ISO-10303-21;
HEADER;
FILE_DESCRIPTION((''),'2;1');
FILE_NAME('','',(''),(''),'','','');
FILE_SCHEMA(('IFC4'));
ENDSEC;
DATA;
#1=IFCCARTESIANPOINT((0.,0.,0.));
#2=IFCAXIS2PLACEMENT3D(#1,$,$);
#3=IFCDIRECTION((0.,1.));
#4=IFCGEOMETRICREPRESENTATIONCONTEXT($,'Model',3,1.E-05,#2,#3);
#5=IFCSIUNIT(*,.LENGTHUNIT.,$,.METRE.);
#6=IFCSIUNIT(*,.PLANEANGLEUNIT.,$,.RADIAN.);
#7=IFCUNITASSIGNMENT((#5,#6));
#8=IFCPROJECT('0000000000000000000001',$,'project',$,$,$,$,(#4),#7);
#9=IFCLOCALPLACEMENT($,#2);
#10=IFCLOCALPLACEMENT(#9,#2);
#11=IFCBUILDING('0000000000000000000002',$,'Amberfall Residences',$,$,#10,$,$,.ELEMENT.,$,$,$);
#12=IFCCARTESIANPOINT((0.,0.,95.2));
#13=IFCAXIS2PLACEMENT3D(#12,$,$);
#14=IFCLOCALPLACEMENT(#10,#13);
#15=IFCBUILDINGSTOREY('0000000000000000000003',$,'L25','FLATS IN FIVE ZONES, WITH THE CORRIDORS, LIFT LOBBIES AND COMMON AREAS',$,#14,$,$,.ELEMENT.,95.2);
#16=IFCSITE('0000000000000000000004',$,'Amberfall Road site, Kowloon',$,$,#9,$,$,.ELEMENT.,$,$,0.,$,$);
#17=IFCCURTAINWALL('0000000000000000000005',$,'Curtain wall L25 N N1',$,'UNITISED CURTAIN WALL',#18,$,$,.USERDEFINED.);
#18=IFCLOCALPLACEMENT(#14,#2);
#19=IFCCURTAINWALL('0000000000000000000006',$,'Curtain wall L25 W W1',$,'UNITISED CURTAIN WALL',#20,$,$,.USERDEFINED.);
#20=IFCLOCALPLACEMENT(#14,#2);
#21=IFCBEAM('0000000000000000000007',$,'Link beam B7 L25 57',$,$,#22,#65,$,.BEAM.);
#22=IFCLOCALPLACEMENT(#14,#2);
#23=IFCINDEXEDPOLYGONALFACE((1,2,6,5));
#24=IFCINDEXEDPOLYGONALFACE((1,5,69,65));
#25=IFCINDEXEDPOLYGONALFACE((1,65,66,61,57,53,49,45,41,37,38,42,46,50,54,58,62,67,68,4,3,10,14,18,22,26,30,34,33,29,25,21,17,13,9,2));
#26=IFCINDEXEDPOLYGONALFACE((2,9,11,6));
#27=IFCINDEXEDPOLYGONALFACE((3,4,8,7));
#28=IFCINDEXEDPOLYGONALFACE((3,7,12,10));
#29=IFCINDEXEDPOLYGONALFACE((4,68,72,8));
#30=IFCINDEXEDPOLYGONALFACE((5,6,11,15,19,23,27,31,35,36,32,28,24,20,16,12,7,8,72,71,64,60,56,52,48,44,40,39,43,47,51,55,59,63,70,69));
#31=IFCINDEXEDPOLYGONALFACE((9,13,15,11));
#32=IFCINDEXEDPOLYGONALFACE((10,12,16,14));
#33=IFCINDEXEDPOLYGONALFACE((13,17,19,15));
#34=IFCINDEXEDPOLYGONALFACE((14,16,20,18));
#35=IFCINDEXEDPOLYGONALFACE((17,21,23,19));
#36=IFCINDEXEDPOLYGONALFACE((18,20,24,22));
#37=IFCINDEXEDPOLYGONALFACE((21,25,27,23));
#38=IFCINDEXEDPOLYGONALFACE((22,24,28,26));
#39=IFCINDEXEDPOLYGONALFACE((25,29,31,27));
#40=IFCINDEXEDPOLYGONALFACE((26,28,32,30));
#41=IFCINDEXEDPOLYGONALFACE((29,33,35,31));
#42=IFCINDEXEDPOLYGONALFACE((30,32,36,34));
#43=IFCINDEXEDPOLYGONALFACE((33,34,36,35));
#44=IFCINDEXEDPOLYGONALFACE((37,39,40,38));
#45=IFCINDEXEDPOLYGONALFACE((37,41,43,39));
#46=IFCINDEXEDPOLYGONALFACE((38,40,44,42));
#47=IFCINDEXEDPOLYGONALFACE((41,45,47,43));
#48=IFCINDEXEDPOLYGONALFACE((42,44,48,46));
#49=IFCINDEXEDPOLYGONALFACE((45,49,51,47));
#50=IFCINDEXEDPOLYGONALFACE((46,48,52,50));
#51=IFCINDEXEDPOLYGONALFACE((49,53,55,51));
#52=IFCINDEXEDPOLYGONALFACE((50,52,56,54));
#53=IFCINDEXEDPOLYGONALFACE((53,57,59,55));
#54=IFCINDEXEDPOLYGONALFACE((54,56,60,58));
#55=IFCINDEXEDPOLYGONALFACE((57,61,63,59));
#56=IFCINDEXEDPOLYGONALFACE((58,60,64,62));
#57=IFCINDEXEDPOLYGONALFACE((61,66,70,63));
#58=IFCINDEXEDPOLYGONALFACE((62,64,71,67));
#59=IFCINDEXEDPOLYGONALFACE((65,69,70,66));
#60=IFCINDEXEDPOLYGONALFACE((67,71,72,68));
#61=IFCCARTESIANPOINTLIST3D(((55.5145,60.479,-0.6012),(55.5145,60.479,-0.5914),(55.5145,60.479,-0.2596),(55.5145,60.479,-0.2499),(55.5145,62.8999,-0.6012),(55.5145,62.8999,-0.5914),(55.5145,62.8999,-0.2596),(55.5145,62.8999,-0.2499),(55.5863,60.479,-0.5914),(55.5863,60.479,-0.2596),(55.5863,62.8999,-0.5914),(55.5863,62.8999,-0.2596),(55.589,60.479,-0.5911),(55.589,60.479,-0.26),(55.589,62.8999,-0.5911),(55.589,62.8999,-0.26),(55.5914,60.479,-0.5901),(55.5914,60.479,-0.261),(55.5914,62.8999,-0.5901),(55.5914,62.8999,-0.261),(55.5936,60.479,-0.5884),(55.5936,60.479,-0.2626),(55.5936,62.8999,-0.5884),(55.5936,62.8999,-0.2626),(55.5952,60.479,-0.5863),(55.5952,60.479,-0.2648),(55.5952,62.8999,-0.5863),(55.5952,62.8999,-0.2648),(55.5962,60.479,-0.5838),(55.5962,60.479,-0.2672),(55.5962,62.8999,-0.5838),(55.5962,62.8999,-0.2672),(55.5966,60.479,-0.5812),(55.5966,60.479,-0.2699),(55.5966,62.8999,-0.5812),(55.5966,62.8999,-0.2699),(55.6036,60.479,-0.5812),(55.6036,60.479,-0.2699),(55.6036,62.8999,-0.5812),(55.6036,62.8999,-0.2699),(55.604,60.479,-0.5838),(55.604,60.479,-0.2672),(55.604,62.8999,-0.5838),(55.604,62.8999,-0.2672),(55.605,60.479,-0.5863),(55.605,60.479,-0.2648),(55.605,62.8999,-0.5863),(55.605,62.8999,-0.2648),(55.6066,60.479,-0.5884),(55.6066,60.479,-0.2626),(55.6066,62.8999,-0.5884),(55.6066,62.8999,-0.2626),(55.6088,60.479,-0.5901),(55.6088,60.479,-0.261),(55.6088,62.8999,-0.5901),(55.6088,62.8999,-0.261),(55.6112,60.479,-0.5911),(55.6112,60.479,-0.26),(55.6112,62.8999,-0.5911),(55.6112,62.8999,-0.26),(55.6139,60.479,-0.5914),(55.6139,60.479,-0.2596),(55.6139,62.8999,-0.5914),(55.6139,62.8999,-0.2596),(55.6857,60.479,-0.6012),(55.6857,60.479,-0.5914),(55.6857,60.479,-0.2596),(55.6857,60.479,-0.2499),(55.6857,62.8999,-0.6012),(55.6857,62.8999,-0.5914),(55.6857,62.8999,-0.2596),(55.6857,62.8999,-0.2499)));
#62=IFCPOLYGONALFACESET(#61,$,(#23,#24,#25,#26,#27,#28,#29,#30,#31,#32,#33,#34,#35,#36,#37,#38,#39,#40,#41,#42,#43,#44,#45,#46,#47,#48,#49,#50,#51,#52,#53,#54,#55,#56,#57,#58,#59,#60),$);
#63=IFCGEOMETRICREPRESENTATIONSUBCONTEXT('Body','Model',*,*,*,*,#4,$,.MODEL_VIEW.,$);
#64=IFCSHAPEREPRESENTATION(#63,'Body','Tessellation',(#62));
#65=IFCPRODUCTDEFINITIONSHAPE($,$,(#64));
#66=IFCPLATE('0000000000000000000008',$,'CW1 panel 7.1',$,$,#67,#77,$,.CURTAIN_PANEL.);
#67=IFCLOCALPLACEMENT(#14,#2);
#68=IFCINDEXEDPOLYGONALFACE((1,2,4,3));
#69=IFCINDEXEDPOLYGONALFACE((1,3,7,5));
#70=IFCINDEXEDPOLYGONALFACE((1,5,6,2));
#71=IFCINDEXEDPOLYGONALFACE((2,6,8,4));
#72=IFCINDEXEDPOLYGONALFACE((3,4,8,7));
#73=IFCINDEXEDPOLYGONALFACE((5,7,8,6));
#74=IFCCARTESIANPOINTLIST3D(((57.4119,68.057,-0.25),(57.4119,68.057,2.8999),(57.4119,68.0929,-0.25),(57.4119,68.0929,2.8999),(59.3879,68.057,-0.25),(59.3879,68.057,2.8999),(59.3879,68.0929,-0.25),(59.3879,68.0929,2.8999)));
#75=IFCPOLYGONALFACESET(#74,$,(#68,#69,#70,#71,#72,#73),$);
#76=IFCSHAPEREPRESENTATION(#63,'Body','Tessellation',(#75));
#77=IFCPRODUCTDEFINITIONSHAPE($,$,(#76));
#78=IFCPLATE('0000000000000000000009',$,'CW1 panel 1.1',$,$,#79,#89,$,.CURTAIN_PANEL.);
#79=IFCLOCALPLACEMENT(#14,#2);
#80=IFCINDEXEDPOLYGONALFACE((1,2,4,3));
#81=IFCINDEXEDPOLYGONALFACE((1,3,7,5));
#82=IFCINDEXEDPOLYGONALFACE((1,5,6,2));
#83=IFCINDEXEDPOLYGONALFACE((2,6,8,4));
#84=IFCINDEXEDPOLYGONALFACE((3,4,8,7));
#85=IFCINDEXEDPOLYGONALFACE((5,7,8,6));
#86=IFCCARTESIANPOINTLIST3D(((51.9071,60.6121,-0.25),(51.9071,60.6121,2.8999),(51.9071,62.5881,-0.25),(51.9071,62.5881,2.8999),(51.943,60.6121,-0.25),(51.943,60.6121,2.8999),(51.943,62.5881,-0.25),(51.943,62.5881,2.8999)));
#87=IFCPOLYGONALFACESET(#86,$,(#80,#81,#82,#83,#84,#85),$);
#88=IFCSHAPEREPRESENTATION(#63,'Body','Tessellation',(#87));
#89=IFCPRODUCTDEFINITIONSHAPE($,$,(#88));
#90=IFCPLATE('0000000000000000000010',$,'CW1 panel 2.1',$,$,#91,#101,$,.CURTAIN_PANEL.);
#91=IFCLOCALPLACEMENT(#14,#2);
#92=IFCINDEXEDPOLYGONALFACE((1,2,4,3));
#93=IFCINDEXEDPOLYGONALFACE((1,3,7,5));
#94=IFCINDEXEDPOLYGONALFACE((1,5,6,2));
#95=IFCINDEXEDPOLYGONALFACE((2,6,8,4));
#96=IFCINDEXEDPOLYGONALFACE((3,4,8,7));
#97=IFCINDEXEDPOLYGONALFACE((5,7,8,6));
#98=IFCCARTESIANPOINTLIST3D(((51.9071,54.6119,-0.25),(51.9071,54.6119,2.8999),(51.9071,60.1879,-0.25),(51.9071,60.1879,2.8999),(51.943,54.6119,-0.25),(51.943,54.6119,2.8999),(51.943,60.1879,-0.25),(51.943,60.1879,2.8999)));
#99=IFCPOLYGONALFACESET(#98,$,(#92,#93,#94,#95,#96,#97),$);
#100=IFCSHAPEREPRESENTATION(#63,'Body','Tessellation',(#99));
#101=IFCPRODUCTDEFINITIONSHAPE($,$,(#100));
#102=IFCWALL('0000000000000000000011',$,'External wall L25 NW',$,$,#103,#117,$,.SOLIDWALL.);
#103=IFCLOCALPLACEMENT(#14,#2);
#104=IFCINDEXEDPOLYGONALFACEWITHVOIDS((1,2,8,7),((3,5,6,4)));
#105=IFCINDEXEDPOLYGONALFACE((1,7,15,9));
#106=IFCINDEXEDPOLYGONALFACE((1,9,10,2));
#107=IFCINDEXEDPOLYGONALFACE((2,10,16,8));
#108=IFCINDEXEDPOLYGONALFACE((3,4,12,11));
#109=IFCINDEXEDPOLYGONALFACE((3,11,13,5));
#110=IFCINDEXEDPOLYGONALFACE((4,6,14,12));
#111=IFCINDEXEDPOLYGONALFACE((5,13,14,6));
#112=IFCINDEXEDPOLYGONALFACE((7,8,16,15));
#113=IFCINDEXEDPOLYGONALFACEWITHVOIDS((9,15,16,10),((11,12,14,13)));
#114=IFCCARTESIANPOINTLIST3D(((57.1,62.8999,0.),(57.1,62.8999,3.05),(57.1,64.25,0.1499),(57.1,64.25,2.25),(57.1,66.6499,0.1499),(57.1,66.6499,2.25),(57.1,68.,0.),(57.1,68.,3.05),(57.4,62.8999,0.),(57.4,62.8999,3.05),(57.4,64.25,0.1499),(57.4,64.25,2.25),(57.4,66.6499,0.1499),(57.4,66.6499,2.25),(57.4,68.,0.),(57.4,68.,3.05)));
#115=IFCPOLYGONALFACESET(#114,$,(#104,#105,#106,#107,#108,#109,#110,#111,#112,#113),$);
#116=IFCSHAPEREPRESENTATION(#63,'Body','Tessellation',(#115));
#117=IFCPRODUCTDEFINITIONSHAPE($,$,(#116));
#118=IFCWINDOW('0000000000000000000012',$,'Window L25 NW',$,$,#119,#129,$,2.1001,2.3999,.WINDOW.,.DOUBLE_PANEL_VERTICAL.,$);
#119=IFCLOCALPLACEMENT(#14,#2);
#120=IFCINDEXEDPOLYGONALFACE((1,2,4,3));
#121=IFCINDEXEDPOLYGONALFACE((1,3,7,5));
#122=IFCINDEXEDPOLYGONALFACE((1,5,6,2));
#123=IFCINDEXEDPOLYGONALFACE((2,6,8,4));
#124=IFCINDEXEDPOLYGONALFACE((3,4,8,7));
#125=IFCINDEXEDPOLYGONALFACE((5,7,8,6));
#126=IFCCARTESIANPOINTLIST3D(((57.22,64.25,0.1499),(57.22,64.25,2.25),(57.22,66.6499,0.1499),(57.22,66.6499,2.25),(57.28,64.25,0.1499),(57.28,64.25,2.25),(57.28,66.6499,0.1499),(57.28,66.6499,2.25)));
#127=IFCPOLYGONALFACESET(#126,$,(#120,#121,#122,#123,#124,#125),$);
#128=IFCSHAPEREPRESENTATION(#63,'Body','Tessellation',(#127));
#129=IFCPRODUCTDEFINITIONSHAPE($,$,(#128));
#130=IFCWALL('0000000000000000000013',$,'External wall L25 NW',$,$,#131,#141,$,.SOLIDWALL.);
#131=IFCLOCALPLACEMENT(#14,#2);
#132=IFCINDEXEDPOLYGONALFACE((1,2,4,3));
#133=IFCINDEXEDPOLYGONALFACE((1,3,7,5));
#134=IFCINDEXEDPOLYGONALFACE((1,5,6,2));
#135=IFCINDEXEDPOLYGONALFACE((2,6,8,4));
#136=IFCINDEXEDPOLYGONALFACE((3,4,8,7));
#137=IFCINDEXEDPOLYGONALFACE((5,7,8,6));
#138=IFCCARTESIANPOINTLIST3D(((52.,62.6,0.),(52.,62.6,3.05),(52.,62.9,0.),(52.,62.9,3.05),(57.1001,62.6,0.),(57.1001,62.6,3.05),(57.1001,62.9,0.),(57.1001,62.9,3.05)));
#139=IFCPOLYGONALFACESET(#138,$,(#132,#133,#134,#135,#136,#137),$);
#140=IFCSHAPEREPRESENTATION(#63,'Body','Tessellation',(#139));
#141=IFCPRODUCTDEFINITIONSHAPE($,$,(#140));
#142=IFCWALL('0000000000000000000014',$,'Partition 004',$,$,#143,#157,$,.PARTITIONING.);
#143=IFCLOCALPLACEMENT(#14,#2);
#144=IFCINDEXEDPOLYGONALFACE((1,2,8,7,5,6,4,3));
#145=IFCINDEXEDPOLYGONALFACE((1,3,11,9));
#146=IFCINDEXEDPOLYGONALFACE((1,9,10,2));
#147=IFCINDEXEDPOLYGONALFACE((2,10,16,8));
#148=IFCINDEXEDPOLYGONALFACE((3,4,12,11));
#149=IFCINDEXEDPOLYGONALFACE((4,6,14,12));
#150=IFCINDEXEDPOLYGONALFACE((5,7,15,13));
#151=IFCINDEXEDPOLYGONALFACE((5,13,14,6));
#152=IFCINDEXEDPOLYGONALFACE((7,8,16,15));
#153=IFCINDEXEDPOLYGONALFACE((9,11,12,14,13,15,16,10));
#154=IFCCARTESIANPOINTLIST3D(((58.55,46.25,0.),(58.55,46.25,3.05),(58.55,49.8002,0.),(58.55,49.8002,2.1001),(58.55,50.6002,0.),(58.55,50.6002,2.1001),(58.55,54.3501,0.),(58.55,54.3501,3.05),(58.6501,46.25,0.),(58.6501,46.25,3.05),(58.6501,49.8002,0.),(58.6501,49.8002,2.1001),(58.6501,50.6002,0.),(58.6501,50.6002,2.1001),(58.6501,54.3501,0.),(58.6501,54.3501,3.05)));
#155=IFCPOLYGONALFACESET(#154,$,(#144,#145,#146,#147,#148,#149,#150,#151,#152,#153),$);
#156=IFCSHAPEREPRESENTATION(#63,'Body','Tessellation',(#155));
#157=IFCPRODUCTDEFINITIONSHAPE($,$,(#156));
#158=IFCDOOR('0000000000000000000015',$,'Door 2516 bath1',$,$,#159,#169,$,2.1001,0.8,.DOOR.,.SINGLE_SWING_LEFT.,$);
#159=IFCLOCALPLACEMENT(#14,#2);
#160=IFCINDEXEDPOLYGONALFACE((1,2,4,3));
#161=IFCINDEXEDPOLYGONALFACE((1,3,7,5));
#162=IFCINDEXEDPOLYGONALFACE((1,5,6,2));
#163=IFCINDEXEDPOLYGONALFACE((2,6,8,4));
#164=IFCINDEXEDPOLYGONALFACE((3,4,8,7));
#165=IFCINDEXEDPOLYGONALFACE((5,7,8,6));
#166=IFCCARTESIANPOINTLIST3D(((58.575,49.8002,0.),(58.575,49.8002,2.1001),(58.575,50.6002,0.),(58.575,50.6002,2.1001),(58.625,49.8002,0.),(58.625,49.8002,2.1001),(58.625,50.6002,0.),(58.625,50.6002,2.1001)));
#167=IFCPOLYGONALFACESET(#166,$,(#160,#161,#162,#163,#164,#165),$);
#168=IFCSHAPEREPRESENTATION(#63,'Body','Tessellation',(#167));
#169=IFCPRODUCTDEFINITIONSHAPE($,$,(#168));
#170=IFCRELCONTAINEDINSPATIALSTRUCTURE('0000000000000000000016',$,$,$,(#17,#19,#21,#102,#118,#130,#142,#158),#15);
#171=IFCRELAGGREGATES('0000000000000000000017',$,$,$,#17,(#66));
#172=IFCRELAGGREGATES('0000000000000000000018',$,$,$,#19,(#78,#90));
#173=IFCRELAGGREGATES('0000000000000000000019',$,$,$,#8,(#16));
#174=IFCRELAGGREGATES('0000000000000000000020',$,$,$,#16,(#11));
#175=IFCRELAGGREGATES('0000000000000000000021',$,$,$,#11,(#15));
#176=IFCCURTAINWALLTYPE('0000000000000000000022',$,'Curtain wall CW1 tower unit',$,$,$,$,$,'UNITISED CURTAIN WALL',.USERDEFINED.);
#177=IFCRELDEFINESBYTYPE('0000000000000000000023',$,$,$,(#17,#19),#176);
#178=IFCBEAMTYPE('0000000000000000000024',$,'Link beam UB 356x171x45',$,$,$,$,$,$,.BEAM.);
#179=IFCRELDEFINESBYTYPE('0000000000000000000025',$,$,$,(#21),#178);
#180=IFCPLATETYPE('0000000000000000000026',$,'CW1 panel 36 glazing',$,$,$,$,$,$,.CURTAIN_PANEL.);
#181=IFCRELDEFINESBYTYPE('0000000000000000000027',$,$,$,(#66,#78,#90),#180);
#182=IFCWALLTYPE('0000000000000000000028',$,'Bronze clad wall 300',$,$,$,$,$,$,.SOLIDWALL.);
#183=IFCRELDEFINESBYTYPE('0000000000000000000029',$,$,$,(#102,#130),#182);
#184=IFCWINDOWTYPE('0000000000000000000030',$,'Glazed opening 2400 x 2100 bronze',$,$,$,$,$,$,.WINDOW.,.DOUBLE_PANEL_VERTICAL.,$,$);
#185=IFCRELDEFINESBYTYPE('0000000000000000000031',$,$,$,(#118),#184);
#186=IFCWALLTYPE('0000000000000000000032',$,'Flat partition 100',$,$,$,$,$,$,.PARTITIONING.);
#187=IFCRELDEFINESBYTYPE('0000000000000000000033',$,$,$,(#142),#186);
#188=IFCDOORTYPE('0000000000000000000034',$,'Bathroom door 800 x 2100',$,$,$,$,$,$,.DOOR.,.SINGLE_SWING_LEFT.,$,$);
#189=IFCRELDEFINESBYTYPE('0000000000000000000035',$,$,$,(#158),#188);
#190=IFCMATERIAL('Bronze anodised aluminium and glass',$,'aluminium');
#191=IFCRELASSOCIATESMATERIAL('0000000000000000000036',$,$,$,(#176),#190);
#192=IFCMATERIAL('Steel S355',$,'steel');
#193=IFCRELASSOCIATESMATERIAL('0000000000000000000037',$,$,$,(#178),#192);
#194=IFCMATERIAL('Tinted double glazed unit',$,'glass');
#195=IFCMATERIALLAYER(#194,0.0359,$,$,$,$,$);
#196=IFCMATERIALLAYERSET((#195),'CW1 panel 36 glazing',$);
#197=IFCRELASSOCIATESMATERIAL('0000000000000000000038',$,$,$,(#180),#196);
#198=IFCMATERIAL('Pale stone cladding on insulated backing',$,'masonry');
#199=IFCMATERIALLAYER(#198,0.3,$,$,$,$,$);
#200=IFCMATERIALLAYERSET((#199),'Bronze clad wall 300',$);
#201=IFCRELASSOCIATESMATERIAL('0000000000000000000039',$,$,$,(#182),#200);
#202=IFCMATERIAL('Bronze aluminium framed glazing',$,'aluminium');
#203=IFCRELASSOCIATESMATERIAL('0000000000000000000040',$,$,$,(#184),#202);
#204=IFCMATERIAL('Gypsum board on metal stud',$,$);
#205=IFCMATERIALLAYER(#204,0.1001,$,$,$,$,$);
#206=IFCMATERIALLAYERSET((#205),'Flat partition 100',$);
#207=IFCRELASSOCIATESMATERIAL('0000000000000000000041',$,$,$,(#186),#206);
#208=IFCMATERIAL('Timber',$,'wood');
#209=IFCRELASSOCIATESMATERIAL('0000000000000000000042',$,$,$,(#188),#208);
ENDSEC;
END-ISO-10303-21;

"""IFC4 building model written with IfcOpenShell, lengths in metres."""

from ifc_helpers import new_model, si_unit, direction, frame, frame_2d, origin, origin_2d, place, context, subcontext, project, spatial, rectangle, i_section, extrude, material, layer, layer_set, material_profile, profile_set, type_object, element, fill, aggregate, save


model = new_model("IFC4")

# Units and contexts
model_context = context("Model", 3, precision=1e-05, world=origin(), true_north=direction((0.0, 1.0)))
body_context = subcontext(model_context, "Body", "Model", "MODEL_VIEW")
ifc_project = project(units=[si_unit("LENGTHUNIT", "METRE"), si_unit("PLANEANGLEUNIT", "RADIAN")], contexts=[model_context])

# Site, building, storey
site_placement = place(None, origin())
site = spatial("IfcSite", under=ifc_project, at=site_placement, Name="Amberfall Road site, Kowloon", CompositionType="ELEMENT", RefElevation=0.0)
building_placement = place(site_placement, origin())
building = spatial("IfcBuilding", under=site, at=building_placement, Name="Amberfall Residences", CompositionType="ELEMENT")
storey_placement = place(building_placement, frame((0.0, 0.0, 95.2)))
storey = spatial("IfcBuildingStorey", under=building, at=storey_placement, Name="L25", Description="FLATS IN FIVE ZONES, WITH THE CORRIDORS, LIFT LOBBIES AND COMMON AREAS", CompositionType="ELEMENT", Elevation=95.2)

# Curtain wall
ifc_material_1 = material(Name="Bronze anodised aluminium and glass", Category="aluminium")
curtain_wall_type = type_object("IfcCurtainWallType", Name="Curtain wall CW1 tower unit", ElementType="UNITISED CURTAIN WALL", PredefinedType="USERDEFINED", material=ifc_material_1)
curtain_wall_1_placement = place(storey_placement, origin())
curtain_wall_1 = element("IfcCurtainWall", 1, at=curtain_wall_1_placement, inside=storey, type_object=curtain_wall_type, Name="Curtain wall L25 N N1", ObjectType="UNITISED CURTAIN WALL", PredefinedType="USERDEFINED")

# Curtain wall
curtain_wall_2_placement = place(storey_placement, origin())
curtain_wall_2 = element("IfcCurtainWall", 2, at=curtain_wall_2_placement, inside=storey, type_object=curtain_wall_type, Name="Curtain wall L25 W W1", ObjectType="UNITISED CURTAIN WALL", PredefinedType="USERDEFINED")

# Shared definitions
ifc_material_2 = material(Name="Steel S355", Category="steel")

# Beam
ifc_material_profile_1 = material_profile(ifc_material_2, i_section(OverallWidth=0.1711, OverallDepth=0.3513, WebThickness=0.0071, FlangeThickness=0.0098, FilletRadius=0.0103, at=origin_2d()), Name="UB 356x171x45")
ifc_profile_set_1 = profile_set([ifc_material_profile_1], Name="Steel S355")
beam_type_1 = type_object("IfcBeamType", Name="Link beam UB 356x171x45", PredefinedType="BEAM", material=ifc_profile_set_1)
beam_1_placement = place(storey_placement, frame((55.6001, 62.8999, -0.4255), z_axis=(0.0, -1.0, 0.0), x_axis=(1.0, 0.0, 0.0)))
element("IfcBeam", 3, at=beam_1_placement, inside=storey, type_object=beam_type_1, Name="Link beam B7 L25 57", PredefinedType="BEAM", context=body_context, shape_type="SweptSolid", body=[
    extrude(i_section(OverallWidth=0.1711, OverallDepth=0.3513, WebThickness=0.0071, FlangeThickness=0.0098, FilletRadius=0.0103, at=origin_2d()), origin(), (0.0, 0.0, 1.0), 2.4209),
])

# Plates
ifc_material_3 = material(Name="Tinted double glazed unit", Category="glass")
ifc_layer_1 = layer(ifc_material_3, 0.0359)
ifc_layer_set_1 = layer_set([ifc_layer_1], Name="CW1 panel 36 glazing")
plate_type = type_object("IfcPlateType", Name="CW1 panel 36 glazing", PredefinedType="CURTAIN_PANEL", material=ifc_layer_set_1)
plate_1_placement = place(storey_placement, frame((58.3999, 68.075, -0.25), z_axis=(0.0, 0.0, 1.0), x_axis=(-1.0, 0.0, 0.0)))
plate_1 = element("IfcPlate", 4, at=plate_1_placement, type_object=plate_type, Name="CW1 panel 7.1", PredefinedType="CURTAIN_PANEL", context=body_context, shape_type="SweptSolid", body=[
    extrude(rectangle(XDim=1.9761, YDim=0.0359, at=origin_2d()), origin(), (0.0, 0.0, 1.0), 3.1499),
])
aggregate(curtain_wall_1, [plate_1])
plate_2_placement = place(storey_placement, frame((51.925, 61.6001, -0.25), z_axis=(0.0, 0.0, 1.0), x_axis=(0.0, -1.0, 0.0)))
plate_2 = element("IfcPlate", 5, at=plate_2_placement, type_object=plate_type, Name="CW1 panel 1.1", PredefinedType="CURTAIN_PANEL", context=body_context, shape_type="SweptSolid", body=[
    extrude(rectangle(XDim=1.9761, YDim=0.0359, at=origin_2d()), origin(), (0.0, 0.0, 1.0), 3.1499),
])
plate_3_placement = place(storey_placement, frame((51.925, 57.3999, -0.25), z_axis=(0.0, 0.0, 1.0), x_axis=(0.0, -1.0, 0.0)))
plate_3 = element("IfcPlate", 6, at=plate_3_placement, type_object=plate_type, Name="CW1 panel 2.1", PredefinedType="CURTAIN_PANEL", context=body_context, shape_type="SweptSolid", body=[
    extrude(rectangle(XDim=5.5759, YDim=0.0359, at=origin_2d()), origin(), (0.0, 0.0, 1.0), 3.1499),
])
aggregate(curtain_wall_2, [plate_2, plate_3])

# Wall, opening, window
ifc_material_4 = material(Name="Pale stone cladding on insulated backing", Category="masonry")
ifc_layer_2 = layer(ifc_material_4, 0.3)
ifc_layer_set_2 = layer_set([ifc_layer_2], Name="Bronze clad wall 300")
wall_type_1 = type_object("IfcWallType", Name="Bronze clad wall 300", PredefinedType="SOLIDWALL", material=ifc_layer_set_2)
wall_1_placement = place(storey_placement, frame((57.25, 68.0, 0.0), z_axis=(0.0, 0.0, 1.0), x_axis=(0.0, -1.0, 0.0)))
wall_1 = element("IfcWall", 7, at=wall_1_placement, inside=storey, type_object=wall_type_1, Name="External wall L25 NW", PredefinedType="SOLIDWALL", context=body_context, shape_type="SweptSolid", body=[
    extrude(rectangle(XDim=5.1001, YDim=0.3, at=frame_2d((2.55, 0.0))), origin(), (0.0, 0.0, 1.0), 3.05),
])
opening_1_placement = place(wall_1_placement, frame((1.3501, 0.0, 0.1499)))
opening_1 = element("IfcOpeningElement", 8, at=opening_1_placement, cuts=wall_1, PredefinedType="OPENING", context=body_context, shape_type="SweptSolid", body=[
    extrude(rectangle(XDim=2.3999, YDim=2.1001, at=frame_2d((1.2, 1.05))), frame((0.0, 0.1599, 0.0), z_axis=(0.0, -1.0, 0.0), x_axis=(1.0, 0.0, 0.0)), (0.0, 0.0, 1.0), 0.3201),
])
ifc_material_5 = material(Name="Bronze aluminium framed glazing", Category="aluminium")
window_type = type_object("IfcWindowType", Name="Glazed opening 2400 x 2100 bronze", PartitioningType="DOUBLE_PANEL_VERTICAL", PredefinedType="WINDOW", material=ifc_material_5)
window_placement = place(opening_1_placement, origin())
window = element("IfcWindow", 9, at=window_placement, inside=storey, type_object=window_type, Name="Window L25 NW", OverallHeight=2.1001, OverallWidth=2.3999, PartitioningType="DOUBLE_PANEL_VERTICAL", PredefinedType="WINDOW", context=body_context, shape_type="SweptSolid", body=[
    extrude(rectangle(XDim=2.3999, YDim=2.1001, at=frame_2d((1.2, 1.05))), frame((0.0, 0.03, 0.0), z_axis=(0.0, -1.0, 0.0), x_axis=(1.0, 0.0, 0.0)), (0.0, 0.0, 1.0), 0.0601),
])
fill(opening_1, window)

# Wall
wall_2_placement = place(storey_placement, frame((57.1001, 62.75, 0.0), z_axis=(0.0, 0.0, 1.0), x_axis=(-1.0, 0.0, 0.0)))
element("IfcWall", 10, at=wall_2_placement, inside=storey, type_object=wall_type_1, Name="External wall L25 NW", PredefinedType="SOLIDWALL", context=body_context, shape_type="SweptSolid", body=[
    extrude(rectangle(XDim=5.1001, YDim=0.3, at=frame_2d((2.55, 0.0))), origin(), (0.0, 0.0, 1.0), 3.05),
])

# Wall, opening, door
ifc_material_6 = material(Name="Gypsum board on metal stud")
ifc_layer_3 = layer(ifc_material_6, 0.1001)
ifc_layer_set_3 = layer_set([ifc_layer_3], Name="Flat partition 100")
wall_type_2 = type_object("IfcWallType", Name="Flat partition 100", PredefinedType="PARTITIONING", material=ifc_layer_set_3)
wall_3_placement = place(storey_placement, frame((58.6001, 54.3501, 0.0), z_axis=(0.0, 0.0, 1.0), x_axis=(0.0, -1.0, 0.0)))
wall_3 = element("IfcWall", 11, at=wall_3_placement, inside=storey, type_object=wall_type_2, Name="Partition 004", PredefinedType="PARTITIONING", context=body_context, shape_type="SweptSolid", body=[
    extrude(rectangle(XDim=8.1001, YDim=0.1001, at=frame_2d((4.05, 0.0))), origin(), (0.0, 0.0, 1.0), 3.05),
])
opening_2_placement = place(wall_3_placement, frame((3.75, 0.0, 0.0)))
opening_2 = element("IfcOpeningElement", 12, at=opening_2_placement, cuts=wall_3, PredefinedType="OPENING", context=body_context, shape_type="SweptSolid", body=[
    extrude(rectangle(XDim=0.8, YDim=2.1001, at=frame_2d((0.3999, 1.05))), frame((0.0, 0.0601, 0.0), z_axis=(0.0, -1.0, 0.0), x_axis=(1.0, 0.0, 0.0)), (0.0, 0.0, 1.0), 0.1201),
])
ifc_material_7 = material(Name="Timber", Category="wood")
door_type = type_object("IfcDoorType", Name="Bathroom door 800 x 2100", OperationType="SINGLE_SWING_LEFT", PredefinedType="DOOR", material=ifc_material_7)
door_placement = place(opening_2_placement, origin())
door = element("IfcDoor", 13, at=door_placement, inside=storey, type_object=door_type, Name="Door 2516 bath1", OperationType="SINGLE_SWING_LEFT", OverallHeight=2.1001, OverallWidth=0.8, PredefinedType="DOOR", context=body_context, shape_type="SweptSolid", body=[
    extrude(rectangle(XDim=0.8, YDim=2.1001, at=frame_2d((0.3999, 1.05))), frame((0.0, 0.0249, 0.0), z_axis=(0.0, -1.0, 0.0), x_axis=(1.0, 0.0, 0.0)), (0.0, 0.0, 1.0), 0.05),
])
fill(opening_2, door)

save(model, "model.ifc")
